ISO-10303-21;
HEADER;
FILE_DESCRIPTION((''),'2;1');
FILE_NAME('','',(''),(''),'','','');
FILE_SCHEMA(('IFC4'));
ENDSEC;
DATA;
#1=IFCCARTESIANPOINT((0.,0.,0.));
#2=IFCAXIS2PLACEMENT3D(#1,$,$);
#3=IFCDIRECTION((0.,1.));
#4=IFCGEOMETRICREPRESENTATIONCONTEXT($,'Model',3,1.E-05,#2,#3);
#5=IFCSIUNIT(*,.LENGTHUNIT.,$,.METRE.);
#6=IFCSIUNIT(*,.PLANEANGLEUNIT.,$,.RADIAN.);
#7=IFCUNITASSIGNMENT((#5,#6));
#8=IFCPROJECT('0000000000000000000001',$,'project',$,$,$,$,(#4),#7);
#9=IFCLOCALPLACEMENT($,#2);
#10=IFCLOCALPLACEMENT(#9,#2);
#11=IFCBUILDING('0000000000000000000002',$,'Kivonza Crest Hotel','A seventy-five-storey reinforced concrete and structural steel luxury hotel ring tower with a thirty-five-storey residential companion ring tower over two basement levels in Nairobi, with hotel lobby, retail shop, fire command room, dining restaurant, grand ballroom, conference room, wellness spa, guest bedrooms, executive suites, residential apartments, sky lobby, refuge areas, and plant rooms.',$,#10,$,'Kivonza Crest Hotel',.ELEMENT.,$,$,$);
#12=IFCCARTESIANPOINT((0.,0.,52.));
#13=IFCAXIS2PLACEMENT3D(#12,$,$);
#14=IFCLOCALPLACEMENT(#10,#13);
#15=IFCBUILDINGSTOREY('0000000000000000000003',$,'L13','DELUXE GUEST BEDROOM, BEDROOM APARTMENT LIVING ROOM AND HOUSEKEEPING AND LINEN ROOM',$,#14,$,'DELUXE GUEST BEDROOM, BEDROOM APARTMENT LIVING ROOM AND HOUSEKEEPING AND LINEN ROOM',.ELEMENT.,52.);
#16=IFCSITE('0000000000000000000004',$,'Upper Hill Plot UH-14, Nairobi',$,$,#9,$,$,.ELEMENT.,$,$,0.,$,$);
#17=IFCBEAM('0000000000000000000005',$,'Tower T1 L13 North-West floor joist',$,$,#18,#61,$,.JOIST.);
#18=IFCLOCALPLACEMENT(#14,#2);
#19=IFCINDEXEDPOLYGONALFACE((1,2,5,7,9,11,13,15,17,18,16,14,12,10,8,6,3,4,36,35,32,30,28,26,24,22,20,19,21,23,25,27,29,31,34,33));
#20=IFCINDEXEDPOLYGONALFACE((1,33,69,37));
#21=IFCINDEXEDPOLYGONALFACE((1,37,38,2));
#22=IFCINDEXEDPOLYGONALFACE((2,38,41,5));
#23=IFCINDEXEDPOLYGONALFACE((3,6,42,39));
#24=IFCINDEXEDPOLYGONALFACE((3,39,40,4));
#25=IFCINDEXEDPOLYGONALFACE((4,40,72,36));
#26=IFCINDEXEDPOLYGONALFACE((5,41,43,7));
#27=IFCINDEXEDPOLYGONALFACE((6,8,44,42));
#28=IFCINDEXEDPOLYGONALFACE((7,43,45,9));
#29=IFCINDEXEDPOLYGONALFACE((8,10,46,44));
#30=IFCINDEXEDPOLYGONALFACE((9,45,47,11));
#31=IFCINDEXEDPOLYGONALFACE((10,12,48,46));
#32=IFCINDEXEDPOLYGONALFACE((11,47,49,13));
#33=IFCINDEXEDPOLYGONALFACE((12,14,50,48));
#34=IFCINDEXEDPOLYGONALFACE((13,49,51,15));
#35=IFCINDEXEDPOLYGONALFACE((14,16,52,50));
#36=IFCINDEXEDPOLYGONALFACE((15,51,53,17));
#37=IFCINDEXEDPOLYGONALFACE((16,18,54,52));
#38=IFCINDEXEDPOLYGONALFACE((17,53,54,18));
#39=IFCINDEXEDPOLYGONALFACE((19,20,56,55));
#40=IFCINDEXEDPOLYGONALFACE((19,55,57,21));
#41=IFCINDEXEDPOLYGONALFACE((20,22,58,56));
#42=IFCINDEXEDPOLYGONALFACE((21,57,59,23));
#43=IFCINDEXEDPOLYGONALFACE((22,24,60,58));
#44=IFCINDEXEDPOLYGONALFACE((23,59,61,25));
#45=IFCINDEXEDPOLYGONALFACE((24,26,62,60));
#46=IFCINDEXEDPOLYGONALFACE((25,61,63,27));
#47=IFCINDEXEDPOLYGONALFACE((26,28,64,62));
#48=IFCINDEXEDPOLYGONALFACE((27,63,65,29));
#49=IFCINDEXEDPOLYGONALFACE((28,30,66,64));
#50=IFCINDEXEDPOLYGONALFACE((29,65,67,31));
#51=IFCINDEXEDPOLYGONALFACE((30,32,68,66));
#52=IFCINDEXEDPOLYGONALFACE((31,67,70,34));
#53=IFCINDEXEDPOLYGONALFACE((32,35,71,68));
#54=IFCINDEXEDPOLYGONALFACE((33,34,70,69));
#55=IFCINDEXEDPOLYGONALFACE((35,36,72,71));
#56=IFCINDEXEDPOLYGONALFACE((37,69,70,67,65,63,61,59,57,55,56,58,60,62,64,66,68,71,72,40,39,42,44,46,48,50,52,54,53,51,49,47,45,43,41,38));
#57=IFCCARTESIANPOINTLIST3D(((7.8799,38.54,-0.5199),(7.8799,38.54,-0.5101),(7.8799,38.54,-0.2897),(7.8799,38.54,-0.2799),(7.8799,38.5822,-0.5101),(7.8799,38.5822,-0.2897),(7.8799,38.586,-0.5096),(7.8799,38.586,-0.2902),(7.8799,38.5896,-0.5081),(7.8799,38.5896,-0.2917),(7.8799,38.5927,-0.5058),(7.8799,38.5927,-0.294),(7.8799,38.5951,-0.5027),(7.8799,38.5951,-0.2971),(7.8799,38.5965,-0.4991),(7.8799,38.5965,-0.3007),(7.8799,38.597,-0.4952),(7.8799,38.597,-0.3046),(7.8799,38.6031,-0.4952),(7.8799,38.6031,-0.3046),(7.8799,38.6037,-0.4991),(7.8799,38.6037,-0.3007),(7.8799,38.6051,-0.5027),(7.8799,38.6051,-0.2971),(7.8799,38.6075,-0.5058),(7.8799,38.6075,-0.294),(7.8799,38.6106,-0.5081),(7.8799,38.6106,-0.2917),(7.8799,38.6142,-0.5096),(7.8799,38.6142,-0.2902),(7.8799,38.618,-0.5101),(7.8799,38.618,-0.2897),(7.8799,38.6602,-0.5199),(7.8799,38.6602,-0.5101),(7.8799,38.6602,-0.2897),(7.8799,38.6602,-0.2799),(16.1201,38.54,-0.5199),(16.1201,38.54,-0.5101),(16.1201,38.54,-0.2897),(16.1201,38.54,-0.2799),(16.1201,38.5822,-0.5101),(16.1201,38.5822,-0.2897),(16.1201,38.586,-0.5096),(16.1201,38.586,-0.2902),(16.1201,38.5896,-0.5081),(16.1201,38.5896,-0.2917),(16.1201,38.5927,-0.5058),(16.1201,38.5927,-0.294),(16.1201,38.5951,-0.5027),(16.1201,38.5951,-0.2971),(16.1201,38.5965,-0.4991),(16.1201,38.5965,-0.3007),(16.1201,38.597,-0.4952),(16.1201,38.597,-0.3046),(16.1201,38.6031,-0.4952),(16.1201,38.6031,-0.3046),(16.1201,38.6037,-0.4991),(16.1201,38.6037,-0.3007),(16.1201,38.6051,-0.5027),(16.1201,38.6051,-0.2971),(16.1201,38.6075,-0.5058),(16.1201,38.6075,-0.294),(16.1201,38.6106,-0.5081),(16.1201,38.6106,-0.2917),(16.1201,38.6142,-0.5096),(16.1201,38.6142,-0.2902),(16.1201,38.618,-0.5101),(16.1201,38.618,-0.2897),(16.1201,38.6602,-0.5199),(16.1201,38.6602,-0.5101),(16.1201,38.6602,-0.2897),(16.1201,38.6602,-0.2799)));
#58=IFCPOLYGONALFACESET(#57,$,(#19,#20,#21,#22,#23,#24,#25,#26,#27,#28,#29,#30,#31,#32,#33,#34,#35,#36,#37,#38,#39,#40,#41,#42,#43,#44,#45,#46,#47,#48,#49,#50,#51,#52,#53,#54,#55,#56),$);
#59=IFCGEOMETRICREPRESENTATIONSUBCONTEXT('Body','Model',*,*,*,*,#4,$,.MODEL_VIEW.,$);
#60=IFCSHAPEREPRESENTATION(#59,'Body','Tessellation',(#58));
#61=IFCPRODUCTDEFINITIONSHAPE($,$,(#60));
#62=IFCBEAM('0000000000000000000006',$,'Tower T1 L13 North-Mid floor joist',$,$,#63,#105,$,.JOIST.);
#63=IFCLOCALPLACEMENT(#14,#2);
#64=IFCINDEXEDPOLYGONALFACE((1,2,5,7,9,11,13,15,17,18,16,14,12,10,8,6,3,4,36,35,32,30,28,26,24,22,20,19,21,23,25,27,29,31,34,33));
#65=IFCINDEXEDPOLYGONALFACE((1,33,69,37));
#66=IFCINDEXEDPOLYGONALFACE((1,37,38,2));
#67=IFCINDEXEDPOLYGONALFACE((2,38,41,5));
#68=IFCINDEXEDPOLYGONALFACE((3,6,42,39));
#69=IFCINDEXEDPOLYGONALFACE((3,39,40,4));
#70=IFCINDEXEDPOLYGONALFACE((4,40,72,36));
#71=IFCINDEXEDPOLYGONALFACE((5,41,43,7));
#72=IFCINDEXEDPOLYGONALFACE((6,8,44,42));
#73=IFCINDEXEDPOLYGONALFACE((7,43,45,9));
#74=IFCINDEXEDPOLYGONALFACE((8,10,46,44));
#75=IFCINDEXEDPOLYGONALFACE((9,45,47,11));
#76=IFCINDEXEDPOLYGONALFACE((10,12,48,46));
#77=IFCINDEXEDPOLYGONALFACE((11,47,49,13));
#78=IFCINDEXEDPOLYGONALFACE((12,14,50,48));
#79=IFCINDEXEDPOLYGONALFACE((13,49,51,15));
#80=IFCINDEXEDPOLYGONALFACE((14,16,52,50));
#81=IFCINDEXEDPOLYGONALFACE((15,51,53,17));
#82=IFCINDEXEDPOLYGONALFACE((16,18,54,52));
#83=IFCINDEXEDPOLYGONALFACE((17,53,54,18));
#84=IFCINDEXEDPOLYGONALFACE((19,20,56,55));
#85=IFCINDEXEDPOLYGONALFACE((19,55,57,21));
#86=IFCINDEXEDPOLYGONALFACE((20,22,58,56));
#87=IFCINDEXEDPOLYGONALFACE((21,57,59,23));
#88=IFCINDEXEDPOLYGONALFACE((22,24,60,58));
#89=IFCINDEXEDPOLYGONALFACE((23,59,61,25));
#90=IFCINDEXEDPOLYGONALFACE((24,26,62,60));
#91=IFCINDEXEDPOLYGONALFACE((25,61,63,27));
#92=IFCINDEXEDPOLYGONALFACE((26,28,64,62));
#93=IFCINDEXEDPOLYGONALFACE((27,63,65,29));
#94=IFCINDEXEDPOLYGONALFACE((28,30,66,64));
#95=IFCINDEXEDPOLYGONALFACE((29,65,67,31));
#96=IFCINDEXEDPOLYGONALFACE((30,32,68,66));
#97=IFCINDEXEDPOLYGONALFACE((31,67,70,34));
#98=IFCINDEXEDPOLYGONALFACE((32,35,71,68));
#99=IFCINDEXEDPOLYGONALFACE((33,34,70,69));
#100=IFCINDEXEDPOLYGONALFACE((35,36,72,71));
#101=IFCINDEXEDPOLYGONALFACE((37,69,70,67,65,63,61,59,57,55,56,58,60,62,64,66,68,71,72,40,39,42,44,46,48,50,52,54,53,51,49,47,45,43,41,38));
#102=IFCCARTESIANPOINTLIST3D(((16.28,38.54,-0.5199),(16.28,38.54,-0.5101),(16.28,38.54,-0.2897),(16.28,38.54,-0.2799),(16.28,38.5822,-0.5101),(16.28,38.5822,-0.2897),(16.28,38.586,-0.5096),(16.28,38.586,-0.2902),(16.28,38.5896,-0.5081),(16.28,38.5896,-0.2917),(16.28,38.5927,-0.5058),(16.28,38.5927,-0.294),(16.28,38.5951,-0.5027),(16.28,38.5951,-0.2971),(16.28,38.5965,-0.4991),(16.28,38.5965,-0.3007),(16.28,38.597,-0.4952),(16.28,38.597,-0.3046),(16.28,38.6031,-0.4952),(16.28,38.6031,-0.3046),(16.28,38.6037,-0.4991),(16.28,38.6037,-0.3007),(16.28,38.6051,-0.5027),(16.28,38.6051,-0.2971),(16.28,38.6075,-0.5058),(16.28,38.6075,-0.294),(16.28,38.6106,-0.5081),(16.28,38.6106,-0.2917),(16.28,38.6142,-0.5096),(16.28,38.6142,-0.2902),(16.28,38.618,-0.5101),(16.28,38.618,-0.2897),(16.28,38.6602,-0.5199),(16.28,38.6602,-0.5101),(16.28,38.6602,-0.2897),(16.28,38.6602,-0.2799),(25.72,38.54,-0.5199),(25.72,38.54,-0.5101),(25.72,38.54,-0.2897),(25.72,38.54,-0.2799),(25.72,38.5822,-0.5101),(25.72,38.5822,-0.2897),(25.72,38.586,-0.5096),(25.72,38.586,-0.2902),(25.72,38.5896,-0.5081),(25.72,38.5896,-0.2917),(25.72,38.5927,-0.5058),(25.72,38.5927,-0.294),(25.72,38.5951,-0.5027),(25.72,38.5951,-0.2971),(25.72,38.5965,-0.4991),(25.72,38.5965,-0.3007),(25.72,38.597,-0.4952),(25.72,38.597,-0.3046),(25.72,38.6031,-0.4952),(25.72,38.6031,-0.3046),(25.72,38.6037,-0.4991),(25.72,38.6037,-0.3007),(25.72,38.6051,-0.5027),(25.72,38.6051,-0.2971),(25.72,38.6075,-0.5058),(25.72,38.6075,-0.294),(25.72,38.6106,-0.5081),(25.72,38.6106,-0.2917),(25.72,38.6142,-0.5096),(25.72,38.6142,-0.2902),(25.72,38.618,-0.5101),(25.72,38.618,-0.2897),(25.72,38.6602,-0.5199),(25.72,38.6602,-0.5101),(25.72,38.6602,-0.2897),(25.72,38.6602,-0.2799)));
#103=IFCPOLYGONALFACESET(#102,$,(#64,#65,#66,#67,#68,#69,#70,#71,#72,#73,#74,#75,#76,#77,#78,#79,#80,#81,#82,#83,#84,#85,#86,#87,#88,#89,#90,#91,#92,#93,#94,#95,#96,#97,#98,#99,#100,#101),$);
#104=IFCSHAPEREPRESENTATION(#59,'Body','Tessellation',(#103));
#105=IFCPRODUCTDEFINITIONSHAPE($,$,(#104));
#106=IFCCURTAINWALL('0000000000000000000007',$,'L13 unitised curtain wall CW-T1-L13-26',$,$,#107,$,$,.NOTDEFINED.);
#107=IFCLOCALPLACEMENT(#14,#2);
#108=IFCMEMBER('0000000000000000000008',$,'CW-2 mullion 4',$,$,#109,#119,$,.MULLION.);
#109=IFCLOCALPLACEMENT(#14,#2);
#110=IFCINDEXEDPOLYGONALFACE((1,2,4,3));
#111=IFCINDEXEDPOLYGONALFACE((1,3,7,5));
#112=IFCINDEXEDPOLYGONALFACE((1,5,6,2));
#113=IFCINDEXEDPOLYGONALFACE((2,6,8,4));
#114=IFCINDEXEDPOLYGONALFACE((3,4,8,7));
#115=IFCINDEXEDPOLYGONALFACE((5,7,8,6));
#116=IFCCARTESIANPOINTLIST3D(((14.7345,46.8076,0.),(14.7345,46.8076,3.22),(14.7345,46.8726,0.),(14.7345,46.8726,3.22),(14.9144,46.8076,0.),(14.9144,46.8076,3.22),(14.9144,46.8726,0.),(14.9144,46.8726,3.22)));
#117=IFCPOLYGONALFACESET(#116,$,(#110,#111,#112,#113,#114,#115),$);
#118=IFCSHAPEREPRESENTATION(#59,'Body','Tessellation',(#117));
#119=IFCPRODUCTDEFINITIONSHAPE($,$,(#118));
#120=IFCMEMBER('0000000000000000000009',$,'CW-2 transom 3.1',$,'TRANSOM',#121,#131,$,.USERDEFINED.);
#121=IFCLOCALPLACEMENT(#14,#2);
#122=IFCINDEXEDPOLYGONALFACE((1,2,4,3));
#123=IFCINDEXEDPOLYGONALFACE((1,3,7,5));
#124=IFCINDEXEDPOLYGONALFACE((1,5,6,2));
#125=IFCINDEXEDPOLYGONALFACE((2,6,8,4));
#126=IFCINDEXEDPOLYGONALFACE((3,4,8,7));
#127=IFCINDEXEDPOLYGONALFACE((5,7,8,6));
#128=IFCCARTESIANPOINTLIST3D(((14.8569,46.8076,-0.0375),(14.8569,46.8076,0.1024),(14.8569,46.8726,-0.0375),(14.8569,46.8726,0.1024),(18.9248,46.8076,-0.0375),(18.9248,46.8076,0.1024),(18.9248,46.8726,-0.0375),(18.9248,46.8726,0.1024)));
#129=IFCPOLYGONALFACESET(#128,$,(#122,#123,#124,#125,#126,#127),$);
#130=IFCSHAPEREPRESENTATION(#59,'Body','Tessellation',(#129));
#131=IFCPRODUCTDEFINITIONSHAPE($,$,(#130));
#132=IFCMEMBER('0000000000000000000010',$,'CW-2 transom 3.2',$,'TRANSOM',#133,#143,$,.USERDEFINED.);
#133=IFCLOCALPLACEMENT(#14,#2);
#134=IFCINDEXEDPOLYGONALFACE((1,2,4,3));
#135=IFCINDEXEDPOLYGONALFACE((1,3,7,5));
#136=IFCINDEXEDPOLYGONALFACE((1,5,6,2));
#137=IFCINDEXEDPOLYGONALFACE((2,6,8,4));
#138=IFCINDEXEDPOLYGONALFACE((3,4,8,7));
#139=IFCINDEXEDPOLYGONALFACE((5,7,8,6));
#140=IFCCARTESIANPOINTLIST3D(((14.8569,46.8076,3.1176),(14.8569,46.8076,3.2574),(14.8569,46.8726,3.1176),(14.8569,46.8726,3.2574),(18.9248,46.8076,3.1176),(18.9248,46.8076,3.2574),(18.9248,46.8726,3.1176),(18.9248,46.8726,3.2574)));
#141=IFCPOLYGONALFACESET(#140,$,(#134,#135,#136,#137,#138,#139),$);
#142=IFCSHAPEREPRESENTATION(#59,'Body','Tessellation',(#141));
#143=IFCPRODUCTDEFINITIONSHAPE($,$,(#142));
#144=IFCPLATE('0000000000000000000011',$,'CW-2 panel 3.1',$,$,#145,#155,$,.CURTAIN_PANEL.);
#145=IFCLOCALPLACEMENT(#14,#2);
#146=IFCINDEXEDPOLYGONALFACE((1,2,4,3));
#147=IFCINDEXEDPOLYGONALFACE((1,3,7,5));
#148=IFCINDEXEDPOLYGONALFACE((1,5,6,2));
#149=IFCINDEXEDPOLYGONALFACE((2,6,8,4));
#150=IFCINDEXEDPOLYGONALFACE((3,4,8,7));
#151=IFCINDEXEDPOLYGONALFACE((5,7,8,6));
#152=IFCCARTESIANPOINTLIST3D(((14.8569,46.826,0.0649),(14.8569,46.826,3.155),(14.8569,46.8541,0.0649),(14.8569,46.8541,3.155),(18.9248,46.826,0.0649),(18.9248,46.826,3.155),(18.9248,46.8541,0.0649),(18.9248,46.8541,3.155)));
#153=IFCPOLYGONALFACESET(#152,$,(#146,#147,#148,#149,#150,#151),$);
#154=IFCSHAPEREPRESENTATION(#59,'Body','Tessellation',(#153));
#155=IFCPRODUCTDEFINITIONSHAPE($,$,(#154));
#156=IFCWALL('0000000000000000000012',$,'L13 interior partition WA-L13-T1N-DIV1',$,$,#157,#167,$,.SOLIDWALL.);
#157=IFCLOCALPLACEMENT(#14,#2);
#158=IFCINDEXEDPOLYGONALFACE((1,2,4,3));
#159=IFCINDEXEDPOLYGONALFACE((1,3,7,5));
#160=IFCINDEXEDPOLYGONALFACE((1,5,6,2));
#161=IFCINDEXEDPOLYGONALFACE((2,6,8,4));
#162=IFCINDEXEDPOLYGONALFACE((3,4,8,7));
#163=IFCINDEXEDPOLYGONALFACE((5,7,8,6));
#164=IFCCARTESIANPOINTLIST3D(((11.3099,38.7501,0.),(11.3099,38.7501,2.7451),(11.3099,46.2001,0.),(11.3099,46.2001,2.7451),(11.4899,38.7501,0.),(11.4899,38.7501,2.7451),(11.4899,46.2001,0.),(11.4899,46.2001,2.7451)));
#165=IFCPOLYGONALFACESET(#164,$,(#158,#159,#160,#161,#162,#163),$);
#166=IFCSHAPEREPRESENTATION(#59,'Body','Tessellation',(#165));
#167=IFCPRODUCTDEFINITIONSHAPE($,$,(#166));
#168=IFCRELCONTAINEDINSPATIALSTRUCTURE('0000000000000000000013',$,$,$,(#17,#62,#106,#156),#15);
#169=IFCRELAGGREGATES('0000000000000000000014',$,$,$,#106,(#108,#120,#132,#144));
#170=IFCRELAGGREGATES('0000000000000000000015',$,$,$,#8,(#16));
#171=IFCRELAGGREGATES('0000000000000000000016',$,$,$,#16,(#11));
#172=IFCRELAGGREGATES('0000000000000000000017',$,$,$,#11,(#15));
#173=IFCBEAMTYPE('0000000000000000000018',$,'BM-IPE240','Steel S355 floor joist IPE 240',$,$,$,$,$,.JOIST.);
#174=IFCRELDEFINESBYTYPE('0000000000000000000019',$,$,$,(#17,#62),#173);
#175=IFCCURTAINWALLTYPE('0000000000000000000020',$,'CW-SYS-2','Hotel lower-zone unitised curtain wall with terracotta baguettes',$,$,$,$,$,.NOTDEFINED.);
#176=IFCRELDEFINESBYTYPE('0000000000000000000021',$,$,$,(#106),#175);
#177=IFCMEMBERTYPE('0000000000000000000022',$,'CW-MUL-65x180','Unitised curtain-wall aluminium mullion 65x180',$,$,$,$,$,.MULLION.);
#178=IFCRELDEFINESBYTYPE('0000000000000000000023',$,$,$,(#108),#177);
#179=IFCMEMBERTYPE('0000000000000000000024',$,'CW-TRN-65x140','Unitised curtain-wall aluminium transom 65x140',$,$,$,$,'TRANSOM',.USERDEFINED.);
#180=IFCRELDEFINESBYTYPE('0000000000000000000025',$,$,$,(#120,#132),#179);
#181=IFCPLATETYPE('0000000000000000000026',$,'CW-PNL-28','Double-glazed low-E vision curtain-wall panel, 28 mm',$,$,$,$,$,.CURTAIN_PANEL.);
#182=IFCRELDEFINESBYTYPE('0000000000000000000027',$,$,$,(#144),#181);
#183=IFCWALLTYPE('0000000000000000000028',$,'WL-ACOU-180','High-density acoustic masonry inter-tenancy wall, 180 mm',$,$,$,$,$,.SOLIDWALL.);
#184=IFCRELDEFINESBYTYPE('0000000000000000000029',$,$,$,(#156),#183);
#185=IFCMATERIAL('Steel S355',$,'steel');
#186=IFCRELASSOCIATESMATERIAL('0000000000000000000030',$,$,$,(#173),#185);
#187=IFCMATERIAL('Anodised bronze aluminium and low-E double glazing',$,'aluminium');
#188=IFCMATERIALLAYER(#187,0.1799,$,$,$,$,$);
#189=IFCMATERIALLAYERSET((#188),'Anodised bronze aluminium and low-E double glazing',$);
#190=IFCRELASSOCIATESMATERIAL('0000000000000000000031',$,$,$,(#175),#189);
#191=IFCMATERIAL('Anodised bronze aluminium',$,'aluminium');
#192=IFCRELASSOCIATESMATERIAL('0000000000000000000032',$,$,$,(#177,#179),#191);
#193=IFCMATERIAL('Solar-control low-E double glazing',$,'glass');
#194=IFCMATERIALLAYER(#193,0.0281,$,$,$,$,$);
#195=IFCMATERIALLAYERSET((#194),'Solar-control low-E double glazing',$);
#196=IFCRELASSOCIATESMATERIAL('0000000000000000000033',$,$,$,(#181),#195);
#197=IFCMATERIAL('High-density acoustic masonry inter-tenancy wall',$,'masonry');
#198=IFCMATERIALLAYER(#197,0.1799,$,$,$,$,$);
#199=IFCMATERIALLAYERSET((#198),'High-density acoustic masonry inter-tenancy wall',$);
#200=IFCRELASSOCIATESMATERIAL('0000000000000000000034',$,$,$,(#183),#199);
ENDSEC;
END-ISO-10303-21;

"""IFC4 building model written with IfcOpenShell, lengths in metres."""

from ifc_helpers import new_model, si_unit, direction, frame, frame_2d, origin, origin_2d, place, context, subcontext, project, spatial, rectangle, i_section, extrude, material, layer, layer_set, material_profile, profile_set, type_object, element, aggregate, save


model = new_model("IFC4")

# Units and contexts
model_context = context("Model", 3, precision=1e-05, world=origin(), true_north=direction((0.0, 1.0)))
body_context = subcontext(model_context, "Body", "Model", "MODEL_VIEW")
ifc_project = project(units=[si_unit("LENGTHUNIT", "METRE"), si_unit("PLANEANGLEUNIT", "RADIAN")], contexts=[model_context])

# Site, building, storey
site_placement = place(None, origin())
site = spatial("IfcSite", under=ifc_project, at=site_placement, Name="Upper Hill Plot UH-14, Nairobi", CompositionType="ELEMENT", RefElevation=0.0)
building_placement = place(site_placement, origin())
building = spatial("IfcBuilding", under=site, at=building_placement, Name="Kivonza Crest Hotel", Description="A seventy-five-storey reinforced concrete and structural steel luxury hotel ring tower with a thirty-five-storey residential companion ring tower over two basement levels in Nairobi, with hotel lobby, retail shop, fire command room, dining restaurant, grand ballroom, conference room, wellness spa, guest bedrooms, executive suites, residential apartments, sky lobby, refuge areas, and plant rooms.", LongName="Kivonza Crest Hotel", CompositionType="ELEMENT")
storey_placement = place(building_placement, frame((0.0, 0.0, 52.0)))
storey = spatial("IfcBuildingStorey", under=building, at=storey_placement, Name="L13", Description="DELUXE GUEST BEDROOM, BEDROOM APARTMENT LIVING ROOM AND HOUSEKEEPING AND LINEN ROOM", LongName="DELUXE GUEST BEDROOM, BEDROOM APARTMENT LIVING ROOM AND HOUSEKEEPING AND LINEN ROOM", CompositionType="ELEMENT", Elevation=52.0)

# Beams
ifc_material_1 = material(Name="Steel S355", Category="steel")
ifc_material_profile_1 = material_profile(ifc_material_1, i_section(OverallWidth=0.1201, OverallDepth=0.24, WebThickness=0.0061, FlangeThickness=0.0098, FilletRadius=0.0149, at=origin_2d()), Name="IPE 240")
ifc_profile_set_1 = profile_set([ifc_material_profile_1], Name="Steel S355")
beam_type_1 = type_object("IfcBeamType", Name="BM-IPE240", Description="Steel S355 floor joist IPE 240", PredefinedType="JOIST", material=ifc_profile_set_1)
beam_1_placement = place(storey_placement, frame((7.8799, 38.6001, -0.3999), z_axis=(1.0, 0.0, 0.0), x_axis=(0.0, 1.0, 0.0)))
element("IfcBeam", 1, at=beam_1_placement, inside=storey, type_object=beam_type_1, Name="Tower T1 L13 North-West floor joist", PredefinedType="JOIST", context=body_context, shape_type="SweptSolid", body=[
    extrude(i_section(OverallWidth=0.1201, OverallDepth=0.24, WebThickness=0.0061, FlangeThickness=0.0098, FilletRadius=0.0149, at=origin_2d()), origin(), (0.0, 0.0, 1.0), 8.2402),
])
beam_2_placement = place(storey_placement, frame((16.28, 38.6001, -0.3999), z_axis=(1.0, 0.0, 0.0), x_axis=(0.0, 1.0, 0.0)))
element("IfcBeam", 2, at=beam_2_placement, inside=storey, type_object=beam_type_1, Name="Tower T1 L13 North-Mid floor joist", PredefinedType="JOIST", context=body_context, shape_type="SweptSolid", body=[
    extrude(i_section(OverallWidth=0.1201, OverallDepth=0.24, WebThickness=0.0061, FlangeThickness=0.0098, FilletRadius=0.0149, at=origin_2d()), origin(), (0.0, 0.0, 1.0), 9.4399),
])

# Curtain wall, members, plate
ifc_material_2 = material(Name="Anodised bronze aluminium and low-E double glazing", Category="aluminium")
ifc_layer_1 = layer(ifc_material_2, 0.1799)
ifc_layer_set_1 = layer_set([ifc_layer_1], Name="Anodised bronze aluminium and low-E double glazing")
curtain_wall_type = type_object("IfcCurtainWallType", Name="CW-SYS-2", Description="Hotel lower-zone unitised curtain wall with terracotta baguettes", PredefinedType="NOTDEFINED", material=ifc_layer_set_1)
curtain_wall_placement = place(storey_placement, origin())
curtain_wall = element("IfcCurtainWall", 3, at=curtain_wall_placement, inside=storey, type_object=curtain_wall_type, Name="L13 unitised curtain wall CW-T1-L13-26", PredefinedType="NOTDEFINED")
ifc_material_3 = material(Name="Anodised bronze aluminium", Category="aluminium")
ifc_material_profile_2 = material_profile(ifc_material_3, rectangle(XDim=0.0649, YDim=0.1799, at=origin_2d()), Name="CW-M 65x180")
ifc_profile_set_2 = profile_set([ifc_material_profile_2], Name="Anodised bronze aluminium")
member_type_1 = type_object("IfcMemberType", Name="CW-MUL-65x180", Description="Unitised curtain-wall aluminium mullion 65x180", PredefinedType="MULLION", material=ifc_profile_set_2)
member_1_placement = place(storey_placement, frame((14.8245, 46.8401, 0.0), z_axis=(0.0, 0.0, 1.0), x_axis=(0.0, -1.0, 0.0)))
member_1 = element("IfcMember", 4, at=member_1_placement, type_object=member_type_1, Name="CW-2 mullion 4", PredefinedType="MULLION", context=body_context, shape_type="SweptSolid", body=[
    extrude(rectangle(XDim=0.0649, YDim=0.1799, at=origin_2d()), origin(), (0.0, 0.0, 1.0), 3.22),
])
ifc_material_profile_3 = material_profile(ifc_material_3, rectangle(XDim=0.0649, YDim=0.1399, at=origin_2d()), Name="CW-T 65x140")
ifc_profile_set_3 = profile_set([ifc_material_profile_3], Name="Anodised bronze aluminium")
member_type_2 = type_object("IfcMemberType", Name="CW-TRN-65x140", Description="Unitised curtain-wall aluminium transom 65x140", ElementType="TRANSOM", PredefinedType="USERDEFINED", material=ifc_profile_set_3)
member_2_placement = place(storey_placement, frame((18.9248, 46.8401, 0.0325), z_axis=(-1.0, 0.0, 0.0), x_axis=(0.0, -1.0, 0.0)))
member_2 = element("IfcMember", 5, at=member_2_placement, type_object=member_type_2, Name="CW-2 transom 3.1", ObjectType="TRANSOM", PredefinedType="USERDEFINED", context=body_context, shape_type="SweptSolid", body=[
    extrude(rectangle(XDim=0.0649, YDim=0.1399, at=origin_2d()), origin(), (0.0, 0.0, 1.0), 4.0679),
])
member_3_placement = place(storey_placement, frame((18.9248, 46.8401, 3.1875), z_axis=(-1.0, 0.0, 0.0), x_axis=(0.0, -1.0, 0.0)))
member_3 = element("IfcMember", 6, at=member_3_placement, type_object=member_type_2, Name="CW-2 transom 3.2", ObjectType="TRANSOM", PredefinedType="USERDEFINED", context=body_context, shape_type="SweptSolid", body=[
    extrude(rectangle(XDim=0.0649, YDim=0.1399, at=origin_2d()), origin(), (0.0, 0.0, 1.0), 4.0679),
])
ifc_material_4 = material(Name="Solar-control low-E double glazing", Category="glass")
ifc_layer_2 = layer(ifc_material_4, 0.0281)
ifc_layer_set_2 = layer_set([ifc_layer_2], Name="Solar-control low-E double glazing")
plate_type = type_object("IfcPlateType", Name="CW-PNL-28", Description="Double-glazed low-E vision curtain-wall panel, 28 mm", PredefinedType="CURTAIN_PANEL", material=ifc_layer_set_2)
plate_placement = place(storey_placement, frame((16.8909, 46.8401, 0.0649), z_axis=(0.0, 0.0, 1.0), x_axis=(-1.0, 0.0, 0.0)))
plate = element("IfcPlate", 7, at=plate_placement, type_object=plate_type, Name="CW-2 panel 3.1", PredefinedType="CURTAIN_PANEL", context=body_context, shape_type="SweptSolid", body=[
    extrude(rectangle(XDim=4.0679, YDim=0.0281, at=origin_2d()), origin(), (0.0, 0.0, 1.0), 3.0901),
])
aggregate(curtain_wall, [member_1, member_2, member_3, plate])

# Wall
ifc_material_5 = material(Name="High-density acoustic masonry inter-tenancy wall", Category="masonry")
ifc_layer_3 = layer(ifc_material_5, 0.1799)
ifc_layer_set_3 = layer_set([ifc_layer_3], Name="High-density acoustic masonry inter-tenancy wall")
wall_type_1 = type_object("IfcWallType", Name="WL-ACOU-180", Description="High-density acoustic masonry inter-tenancy wall, 180 mm", PredefinedType="SOLIDWALL", material=ifc_layer_set_3)
wall_1_placement = place(storey_placement, frame((11.3999, 38.75, 0.0), z_axis=(0.0, 0.0, 1.0), x_axis=(0.0, 1.0, 0.0)))
element("IfcWall", 8, at=wall_1_placement, inside=storey, type_object=wall_type_1, Name="L13 interior partition WA-L13-T1N-DIV1", PredefinedType="SOLIDWALL", context=body_context, shape_type="SweptSolid", body=[
    extrude(rectangle(XDim=7.45, YDim=0.1799, at=frame_2d((3.7251, 0.0))), origin(), (0.0, 0.0, 1.0), 2.7451),
])

save(model, "model.ifc")
